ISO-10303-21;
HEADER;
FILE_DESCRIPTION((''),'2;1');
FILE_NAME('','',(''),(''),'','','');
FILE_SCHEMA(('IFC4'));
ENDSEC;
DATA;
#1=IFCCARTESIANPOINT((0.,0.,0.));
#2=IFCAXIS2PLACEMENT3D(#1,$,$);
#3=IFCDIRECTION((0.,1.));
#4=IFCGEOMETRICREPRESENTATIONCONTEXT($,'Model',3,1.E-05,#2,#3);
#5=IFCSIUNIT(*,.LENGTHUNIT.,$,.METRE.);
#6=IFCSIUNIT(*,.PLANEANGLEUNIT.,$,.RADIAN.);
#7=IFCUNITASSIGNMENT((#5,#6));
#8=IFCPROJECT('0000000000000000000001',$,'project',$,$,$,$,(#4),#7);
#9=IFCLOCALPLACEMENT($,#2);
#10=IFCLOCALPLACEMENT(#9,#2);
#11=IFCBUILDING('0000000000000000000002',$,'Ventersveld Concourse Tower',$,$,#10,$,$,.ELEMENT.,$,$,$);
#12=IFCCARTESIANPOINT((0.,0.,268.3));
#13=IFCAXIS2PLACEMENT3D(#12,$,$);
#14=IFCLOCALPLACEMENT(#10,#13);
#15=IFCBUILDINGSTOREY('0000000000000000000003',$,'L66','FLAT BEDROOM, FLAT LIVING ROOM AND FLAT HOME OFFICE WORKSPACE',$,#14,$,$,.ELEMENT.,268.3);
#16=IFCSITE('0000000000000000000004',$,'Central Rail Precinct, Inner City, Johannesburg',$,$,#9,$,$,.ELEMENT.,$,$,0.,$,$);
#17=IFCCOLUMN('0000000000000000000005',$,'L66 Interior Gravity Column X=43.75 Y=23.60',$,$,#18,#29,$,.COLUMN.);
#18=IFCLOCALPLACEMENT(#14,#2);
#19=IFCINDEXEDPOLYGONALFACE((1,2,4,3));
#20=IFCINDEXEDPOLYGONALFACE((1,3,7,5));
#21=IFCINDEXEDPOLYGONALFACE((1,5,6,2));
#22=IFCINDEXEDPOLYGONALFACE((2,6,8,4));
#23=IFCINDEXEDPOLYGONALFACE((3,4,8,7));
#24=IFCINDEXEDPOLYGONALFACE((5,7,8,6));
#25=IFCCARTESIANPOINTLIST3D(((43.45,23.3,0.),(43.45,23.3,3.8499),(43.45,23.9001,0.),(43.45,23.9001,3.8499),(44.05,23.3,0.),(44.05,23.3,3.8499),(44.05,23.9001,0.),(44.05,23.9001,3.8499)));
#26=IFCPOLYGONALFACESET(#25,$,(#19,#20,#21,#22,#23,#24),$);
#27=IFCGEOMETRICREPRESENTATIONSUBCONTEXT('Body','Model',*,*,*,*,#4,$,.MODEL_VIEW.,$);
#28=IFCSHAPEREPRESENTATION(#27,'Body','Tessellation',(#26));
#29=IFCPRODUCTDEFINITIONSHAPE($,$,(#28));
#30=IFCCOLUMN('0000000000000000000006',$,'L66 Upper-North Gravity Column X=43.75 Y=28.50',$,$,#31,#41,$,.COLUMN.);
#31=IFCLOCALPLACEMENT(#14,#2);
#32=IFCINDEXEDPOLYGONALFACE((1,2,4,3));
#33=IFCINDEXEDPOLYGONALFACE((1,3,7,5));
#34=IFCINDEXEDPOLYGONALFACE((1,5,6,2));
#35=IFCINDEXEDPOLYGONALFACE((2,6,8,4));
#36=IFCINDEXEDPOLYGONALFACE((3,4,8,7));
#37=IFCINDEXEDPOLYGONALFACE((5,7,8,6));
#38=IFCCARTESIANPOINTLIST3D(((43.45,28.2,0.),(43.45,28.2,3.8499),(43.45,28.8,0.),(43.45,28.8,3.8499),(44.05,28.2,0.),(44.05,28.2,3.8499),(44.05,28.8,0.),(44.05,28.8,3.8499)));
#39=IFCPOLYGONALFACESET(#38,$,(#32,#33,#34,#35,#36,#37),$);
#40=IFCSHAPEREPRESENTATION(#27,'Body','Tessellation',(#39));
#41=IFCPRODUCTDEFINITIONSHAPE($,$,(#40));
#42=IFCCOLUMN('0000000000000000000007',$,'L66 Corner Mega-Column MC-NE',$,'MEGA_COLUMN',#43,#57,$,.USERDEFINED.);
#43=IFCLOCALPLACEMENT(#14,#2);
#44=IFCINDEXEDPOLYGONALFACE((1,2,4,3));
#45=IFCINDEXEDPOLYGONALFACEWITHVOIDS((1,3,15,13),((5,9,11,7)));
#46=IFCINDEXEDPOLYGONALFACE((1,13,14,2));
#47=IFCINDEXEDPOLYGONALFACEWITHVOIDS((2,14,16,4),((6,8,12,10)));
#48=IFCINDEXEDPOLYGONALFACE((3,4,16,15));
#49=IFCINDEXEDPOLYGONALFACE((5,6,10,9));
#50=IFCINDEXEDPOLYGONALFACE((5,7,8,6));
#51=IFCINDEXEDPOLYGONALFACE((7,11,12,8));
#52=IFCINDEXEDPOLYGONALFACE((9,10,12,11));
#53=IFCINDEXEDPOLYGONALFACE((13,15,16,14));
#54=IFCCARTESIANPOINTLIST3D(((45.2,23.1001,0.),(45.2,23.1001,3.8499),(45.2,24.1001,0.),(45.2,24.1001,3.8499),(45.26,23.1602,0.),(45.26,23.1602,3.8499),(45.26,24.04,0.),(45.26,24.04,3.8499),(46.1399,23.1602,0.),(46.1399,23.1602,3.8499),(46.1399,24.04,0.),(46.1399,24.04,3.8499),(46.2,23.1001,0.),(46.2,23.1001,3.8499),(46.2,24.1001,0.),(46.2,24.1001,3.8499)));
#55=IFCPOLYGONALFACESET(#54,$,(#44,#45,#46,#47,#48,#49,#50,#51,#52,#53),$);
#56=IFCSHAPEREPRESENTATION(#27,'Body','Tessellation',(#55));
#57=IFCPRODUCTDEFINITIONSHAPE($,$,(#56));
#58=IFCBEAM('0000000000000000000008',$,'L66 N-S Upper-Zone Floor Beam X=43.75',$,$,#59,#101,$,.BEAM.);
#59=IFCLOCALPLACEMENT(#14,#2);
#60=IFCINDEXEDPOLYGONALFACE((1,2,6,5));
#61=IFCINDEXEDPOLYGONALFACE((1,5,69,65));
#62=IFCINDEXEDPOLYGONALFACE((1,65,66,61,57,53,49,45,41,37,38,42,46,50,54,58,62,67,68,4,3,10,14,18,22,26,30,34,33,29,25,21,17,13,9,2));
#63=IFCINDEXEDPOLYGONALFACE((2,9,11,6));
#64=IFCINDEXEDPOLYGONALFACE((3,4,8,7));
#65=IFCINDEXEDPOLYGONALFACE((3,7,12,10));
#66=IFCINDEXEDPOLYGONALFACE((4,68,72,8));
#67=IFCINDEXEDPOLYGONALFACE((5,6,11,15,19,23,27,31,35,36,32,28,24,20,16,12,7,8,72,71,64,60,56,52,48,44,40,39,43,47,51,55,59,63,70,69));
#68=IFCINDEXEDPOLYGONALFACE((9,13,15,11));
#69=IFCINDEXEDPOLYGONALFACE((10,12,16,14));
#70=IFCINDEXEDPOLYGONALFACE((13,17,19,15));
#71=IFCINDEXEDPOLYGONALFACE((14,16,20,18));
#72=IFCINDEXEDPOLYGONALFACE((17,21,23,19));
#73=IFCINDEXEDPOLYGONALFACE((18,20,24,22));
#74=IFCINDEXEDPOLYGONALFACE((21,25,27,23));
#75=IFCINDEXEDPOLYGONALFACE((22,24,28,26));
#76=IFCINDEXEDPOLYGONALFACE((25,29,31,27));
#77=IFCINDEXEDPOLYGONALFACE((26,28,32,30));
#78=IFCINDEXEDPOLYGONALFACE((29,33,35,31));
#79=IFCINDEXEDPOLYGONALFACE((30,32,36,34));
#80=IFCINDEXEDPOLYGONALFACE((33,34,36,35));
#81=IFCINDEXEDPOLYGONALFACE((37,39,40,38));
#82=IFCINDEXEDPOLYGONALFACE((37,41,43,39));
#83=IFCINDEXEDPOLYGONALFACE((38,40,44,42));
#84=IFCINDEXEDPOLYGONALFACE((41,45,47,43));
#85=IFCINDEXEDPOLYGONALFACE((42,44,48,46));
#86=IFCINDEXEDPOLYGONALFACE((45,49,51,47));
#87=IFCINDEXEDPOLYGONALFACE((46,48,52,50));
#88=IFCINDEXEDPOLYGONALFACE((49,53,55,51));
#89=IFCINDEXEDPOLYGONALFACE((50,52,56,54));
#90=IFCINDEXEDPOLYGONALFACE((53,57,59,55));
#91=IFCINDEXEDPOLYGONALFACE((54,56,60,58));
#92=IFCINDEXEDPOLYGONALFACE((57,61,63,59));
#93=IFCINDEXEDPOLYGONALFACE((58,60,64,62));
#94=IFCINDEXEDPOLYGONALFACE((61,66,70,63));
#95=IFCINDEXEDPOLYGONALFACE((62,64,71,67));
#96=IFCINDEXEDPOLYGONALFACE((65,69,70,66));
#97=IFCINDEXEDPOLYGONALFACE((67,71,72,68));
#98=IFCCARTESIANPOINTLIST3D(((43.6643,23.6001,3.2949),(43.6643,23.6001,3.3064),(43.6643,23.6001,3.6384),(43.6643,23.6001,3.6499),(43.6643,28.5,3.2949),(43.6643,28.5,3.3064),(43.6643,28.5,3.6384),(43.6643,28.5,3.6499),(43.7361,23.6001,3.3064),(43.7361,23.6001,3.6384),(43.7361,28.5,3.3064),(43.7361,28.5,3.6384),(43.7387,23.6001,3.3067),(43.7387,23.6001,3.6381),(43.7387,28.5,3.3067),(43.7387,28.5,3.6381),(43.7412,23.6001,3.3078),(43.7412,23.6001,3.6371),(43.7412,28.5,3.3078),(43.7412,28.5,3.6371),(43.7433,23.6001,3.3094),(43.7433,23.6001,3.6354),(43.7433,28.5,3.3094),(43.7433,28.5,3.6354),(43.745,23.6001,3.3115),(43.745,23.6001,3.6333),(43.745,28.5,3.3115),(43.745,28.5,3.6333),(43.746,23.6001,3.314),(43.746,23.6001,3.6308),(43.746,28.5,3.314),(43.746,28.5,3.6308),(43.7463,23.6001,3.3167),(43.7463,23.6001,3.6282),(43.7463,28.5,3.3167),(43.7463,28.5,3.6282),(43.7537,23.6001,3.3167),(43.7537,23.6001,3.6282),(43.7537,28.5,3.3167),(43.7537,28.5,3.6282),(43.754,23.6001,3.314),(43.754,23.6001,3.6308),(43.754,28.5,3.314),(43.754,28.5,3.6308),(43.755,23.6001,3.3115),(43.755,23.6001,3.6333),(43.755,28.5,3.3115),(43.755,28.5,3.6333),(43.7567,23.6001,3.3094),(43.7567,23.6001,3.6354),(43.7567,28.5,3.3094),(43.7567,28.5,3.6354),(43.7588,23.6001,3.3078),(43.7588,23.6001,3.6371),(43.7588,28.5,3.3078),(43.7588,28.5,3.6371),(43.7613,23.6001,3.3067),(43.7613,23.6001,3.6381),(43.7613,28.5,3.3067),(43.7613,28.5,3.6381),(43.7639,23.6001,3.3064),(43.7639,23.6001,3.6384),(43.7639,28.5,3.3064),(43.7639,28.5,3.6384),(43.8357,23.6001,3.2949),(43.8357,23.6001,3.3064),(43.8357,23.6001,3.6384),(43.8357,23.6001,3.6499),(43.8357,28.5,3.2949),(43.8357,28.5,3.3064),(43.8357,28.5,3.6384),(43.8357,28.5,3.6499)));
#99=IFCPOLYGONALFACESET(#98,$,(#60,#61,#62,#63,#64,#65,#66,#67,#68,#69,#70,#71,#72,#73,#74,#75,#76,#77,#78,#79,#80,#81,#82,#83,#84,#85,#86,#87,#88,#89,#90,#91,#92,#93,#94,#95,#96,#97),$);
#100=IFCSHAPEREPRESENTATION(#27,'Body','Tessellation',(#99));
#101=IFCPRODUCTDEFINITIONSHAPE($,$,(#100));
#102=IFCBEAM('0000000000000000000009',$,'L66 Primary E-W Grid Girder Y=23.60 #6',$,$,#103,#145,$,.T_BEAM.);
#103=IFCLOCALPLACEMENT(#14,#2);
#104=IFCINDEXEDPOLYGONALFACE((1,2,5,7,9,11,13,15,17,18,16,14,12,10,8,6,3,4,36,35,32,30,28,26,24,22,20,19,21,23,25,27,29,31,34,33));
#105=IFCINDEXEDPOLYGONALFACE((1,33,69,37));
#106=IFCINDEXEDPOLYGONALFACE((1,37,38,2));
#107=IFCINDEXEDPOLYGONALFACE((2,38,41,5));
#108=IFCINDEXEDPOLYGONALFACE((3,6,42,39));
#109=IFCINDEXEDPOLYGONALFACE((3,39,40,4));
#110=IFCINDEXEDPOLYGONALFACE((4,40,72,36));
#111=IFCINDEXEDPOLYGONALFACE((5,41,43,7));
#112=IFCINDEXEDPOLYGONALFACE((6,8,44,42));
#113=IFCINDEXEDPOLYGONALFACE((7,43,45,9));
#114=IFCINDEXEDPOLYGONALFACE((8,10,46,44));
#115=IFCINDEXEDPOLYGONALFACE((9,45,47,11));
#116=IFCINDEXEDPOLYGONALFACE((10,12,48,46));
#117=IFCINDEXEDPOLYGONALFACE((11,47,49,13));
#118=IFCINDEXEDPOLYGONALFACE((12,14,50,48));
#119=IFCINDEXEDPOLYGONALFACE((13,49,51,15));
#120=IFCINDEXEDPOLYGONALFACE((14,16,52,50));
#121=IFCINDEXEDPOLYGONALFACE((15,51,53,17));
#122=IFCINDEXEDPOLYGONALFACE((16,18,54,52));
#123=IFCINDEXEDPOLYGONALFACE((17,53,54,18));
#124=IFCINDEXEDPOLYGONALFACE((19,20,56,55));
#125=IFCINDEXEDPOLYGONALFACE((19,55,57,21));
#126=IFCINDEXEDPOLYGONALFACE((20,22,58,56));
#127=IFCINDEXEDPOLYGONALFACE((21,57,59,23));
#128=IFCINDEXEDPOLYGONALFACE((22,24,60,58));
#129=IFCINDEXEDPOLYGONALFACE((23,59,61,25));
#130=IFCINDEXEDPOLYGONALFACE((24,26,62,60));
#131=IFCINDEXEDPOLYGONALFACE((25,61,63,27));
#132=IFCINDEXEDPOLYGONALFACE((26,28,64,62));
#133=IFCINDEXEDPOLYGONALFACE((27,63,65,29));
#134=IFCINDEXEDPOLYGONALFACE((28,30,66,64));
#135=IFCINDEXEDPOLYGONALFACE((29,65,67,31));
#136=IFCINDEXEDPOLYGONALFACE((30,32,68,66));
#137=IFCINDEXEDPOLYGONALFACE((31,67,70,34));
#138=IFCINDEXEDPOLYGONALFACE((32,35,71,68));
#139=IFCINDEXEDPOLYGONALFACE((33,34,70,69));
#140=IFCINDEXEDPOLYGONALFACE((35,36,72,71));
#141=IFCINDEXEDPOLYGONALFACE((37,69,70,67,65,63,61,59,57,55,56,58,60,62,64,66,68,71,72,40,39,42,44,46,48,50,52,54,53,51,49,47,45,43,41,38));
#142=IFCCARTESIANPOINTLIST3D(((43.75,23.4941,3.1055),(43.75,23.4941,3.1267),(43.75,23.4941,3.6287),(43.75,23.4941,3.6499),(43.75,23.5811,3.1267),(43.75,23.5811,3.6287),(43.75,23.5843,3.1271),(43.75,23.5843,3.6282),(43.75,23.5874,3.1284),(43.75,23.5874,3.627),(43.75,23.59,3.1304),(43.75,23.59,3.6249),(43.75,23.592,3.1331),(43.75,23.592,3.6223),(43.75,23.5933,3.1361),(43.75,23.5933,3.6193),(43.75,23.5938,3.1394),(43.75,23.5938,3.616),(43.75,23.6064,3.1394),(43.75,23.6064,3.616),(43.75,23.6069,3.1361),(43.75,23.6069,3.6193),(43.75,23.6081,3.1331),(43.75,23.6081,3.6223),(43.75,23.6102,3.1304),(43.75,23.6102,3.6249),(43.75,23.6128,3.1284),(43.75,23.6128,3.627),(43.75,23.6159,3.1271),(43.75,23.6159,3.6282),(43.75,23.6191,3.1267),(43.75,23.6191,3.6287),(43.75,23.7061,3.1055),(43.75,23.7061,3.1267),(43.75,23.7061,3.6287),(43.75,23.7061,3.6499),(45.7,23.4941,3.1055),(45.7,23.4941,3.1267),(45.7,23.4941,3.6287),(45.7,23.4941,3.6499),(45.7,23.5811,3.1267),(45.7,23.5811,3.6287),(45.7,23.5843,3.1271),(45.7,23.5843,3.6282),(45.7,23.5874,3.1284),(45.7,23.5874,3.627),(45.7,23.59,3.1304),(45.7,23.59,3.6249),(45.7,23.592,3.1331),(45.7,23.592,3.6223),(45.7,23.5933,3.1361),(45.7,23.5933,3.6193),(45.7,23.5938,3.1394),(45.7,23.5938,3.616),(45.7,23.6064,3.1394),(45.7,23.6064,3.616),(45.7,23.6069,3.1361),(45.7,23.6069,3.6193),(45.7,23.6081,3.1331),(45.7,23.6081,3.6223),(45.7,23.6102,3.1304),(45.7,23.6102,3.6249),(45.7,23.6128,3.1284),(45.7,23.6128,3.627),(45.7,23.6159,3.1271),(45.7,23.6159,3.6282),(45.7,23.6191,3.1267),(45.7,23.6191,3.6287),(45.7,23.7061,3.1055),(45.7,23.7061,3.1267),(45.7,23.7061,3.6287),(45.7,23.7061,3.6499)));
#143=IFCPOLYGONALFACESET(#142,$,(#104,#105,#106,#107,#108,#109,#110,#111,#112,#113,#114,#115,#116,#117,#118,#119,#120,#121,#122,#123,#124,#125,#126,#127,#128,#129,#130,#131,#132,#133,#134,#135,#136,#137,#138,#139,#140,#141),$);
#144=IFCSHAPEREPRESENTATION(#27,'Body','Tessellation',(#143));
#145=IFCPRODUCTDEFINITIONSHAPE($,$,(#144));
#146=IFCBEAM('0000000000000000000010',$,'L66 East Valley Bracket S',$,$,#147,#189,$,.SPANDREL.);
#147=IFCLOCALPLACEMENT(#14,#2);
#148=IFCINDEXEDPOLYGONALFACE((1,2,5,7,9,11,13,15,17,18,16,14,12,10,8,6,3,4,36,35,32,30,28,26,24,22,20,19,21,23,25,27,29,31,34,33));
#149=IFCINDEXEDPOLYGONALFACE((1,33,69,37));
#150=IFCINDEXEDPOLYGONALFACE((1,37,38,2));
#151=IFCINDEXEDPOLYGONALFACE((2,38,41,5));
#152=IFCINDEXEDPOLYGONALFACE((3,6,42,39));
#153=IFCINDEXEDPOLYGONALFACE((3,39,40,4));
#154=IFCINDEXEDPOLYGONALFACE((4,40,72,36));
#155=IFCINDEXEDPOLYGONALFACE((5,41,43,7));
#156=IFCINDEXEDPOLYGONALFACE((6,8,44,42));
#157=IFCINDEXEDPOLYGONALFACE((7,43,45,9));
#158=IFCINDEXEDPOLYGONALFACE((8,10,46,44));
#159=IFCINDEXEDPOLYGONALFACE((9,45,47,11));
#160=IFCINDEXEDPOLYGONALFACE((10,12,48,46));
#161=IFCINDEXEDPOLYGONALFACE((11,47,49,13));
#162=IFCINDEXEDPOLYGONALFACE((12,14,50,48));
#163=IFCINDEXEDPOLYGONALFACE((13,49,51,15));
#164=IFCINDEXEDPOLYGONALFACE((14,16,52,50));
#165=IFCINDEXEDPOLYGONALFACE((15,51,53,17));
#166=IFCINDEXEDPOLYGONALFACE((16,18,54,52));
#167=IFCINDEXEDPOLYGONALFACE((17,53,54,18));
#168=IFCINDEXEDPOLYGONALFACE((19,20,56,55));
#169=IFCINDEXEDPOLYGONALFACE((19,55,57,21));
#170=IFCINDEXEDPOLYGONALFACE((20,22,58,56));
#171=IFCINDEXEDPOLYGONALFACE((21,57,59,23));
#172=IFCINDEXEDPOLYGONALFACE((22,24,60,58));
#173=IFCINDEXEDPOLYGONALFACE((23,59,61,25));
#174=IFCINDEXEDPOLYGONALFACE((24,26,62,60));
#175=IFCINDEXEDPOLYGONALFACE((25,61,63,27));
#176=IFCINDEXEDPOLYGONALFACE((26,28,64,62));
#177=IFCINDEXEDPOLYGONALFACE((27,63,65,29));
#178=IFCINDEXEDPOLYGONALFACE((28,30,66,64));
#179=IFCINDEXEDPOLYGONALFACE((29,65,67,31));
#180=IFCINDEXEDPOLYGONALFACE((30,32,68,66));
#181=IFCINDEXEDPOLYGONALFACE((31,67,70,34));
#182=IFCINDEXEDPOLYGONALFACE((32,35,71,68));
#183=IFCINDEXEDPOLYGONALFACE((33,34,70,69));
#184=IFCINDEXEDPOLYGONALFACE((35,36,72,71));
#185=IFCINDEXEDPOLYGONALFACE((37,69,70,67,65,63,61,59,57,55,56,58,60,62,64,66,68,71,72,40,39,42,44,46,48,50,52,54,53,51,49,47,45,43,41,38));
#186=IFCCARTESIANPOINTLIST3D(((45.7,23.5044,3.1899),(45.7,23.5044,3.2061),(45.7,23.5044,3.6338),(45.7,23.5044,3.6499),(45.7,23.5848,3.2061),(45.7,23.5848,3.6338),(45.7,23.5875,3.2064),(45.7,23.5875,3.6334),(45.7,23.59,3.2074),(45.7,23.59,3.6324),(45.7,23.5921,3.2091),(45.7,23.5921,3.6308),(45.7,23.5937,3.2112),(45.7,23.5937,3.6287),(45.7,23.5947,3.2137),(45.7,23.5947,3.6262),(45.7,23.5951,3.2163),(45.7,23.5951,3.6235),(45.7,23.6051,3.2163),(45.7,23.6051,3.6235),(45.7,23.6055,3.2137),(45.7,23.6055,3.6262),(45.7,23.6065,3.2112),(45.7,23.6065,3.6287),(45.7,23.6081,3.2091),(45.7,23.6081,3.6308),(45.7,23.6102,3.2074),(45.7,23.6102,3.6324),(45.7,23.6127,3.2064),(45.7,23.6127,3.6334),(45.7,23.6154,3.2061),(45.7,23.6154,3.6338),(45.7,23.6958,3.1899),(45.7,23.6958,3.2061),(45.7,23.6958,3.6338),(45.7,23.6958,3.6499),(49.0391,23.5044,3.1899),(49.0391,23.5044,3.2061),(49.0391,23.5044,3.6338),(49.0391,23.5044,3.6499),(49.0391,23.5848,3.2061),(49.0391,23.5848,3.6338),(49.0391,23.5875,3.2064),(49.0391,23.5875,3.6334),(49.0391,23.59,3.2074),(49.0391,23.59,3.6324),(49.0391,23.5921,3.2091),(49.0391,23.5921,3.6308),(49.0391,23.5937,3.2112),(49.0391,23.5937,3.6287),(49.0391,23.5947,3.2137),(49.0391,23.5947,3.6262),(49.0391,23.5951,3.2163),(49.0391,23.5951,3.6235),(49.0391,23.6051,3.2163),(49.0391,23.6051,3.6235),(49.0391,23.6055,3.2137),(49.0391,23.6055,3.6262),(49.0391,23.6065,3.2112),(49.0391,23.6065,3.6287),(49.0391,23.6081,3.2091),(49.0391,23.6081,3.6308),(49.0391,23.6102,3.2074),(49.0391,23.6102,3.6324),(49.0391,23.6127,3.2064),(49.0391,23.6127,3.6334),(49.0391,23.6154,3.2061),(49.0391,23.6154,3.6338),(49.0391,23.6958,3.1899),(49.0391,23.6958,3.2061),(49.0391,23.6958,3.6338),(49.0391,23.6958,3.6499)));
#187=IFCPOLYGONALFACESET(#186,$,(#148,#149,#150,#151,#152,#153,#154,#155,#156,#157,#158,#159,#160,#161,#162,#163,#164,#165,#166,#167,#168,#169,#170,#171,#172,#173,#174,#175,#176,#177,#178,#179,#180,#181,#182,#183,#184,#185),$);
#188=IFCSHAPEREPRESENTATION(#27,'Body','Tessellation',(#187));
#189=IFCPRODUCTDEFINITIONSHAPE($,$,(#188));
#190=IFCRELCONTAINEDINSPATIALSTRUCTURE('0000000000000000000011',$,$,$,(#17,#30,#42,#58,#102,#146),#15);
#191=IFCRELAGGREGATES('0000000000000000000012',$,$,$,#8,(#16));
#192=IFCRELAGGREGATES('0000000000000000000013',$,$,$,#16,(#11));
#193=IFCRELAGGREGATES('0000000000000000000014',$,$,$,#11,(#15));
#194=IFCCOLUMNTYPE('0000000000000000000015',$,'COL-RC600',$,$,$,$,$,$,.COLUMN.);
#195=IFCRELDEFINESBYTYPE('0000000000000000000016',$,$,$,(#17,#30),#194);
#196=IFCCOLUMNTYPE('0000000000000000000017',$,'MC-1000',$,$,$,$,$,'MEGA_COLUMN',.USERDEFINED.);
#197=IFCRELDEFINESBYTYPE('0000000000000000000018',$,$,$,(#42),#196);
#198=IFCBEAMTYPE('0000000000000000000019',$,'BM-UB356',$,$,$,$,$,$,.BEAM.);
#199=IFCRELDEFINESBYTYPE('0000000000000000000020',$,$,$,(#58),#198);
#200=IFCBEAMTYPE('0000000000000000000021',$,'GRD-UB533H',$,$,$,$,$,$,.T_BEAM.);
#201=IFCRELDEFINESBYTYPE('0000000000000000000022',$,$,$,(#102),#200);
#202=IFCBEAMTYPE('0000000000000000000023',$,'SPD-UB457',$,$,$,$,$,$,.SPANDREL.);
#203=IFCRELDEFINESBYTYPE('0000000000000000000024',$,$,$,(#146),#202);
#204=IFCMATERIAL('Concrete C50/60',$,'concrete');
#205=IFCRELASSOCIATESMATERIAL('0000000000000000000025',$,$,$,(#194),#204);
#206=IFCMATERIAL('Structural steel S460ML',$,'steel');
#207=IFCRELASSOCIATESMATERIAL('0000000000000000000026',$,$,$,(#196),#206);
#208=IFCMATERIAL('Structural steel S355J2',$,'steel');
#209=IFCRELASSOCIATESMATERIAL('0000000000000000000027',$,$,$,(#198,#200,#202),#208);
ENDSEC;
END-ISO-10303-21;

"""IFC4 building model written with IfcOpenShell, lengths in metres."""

from ifc_helpers import new_model, si_unit, direction, frame, origin, origin_2d, place, context, subcontext, project, spatial, rectangle, hollow_rectangle, i_section, extrude, material, material_profile, profile_set, type_object, element, save


model = new_model("IFC4")

# Units and contexts
model_context = context("Model", 3, precision=1e-05, world=origin(), true_north=direction((0.0, 1.0)))
body_context = subcontext(model_context, "Body", "Model", "MODEL_VIEW")
ifc_project = project(units=[si_unit("LENGTHUNIT", "METRE"), si_unit("PLANEANGLEUNIT", "RADIAN")], contexts=[model_context])

# Site, building, storey
site_placement = place(None, origin())
site = spatial("IfcSite", under=ifc_project, at=site_placement, Name="Central Rail Precinct, Inner City, Johannesburg", CompositionType="ELEMENT", RefElevation=0.0)
building_placement = place(site_placement, origin())
building = spatial("IfcBuilding", under=site, at=building_placement, Name="Ventersveld Concourse Tower", CompositionType="ELEMENT")
storey_placement = place(building_placement, frame((0.0, 0.0, 268.3)))
storey = spatial("IfcBuildingStorey", under=building, at=storey_placement, Name="L66", Description="FLAT BEDROOM, FLAT LIVING ROOM AND FLAT HOME OFFICE WORKSPACE", CompositionType="ELEMENT", Elevation=268.3)

# Columns
ifc_material_1 = material(Name="Concrete C50/60", Category="concrete")
ifc_material_profile_1 = material_profile(ifc_material_1, rectangle(XDim=0.6001, YDim=0.6001, at=origin_2d()), Name="RC 600x600")
ifc_profile_set_1 = profile_set([ifc_material_profile_1], Name="Concrete C50/60")
column_type_1 = type_object("IfcColumnType", Name="COL-RC600", PredefinedType="COLUMN", material=ifc_profile_set_1)
for number, where, z_axis, x_axis, name in (
    (1, (43.75, 23.6001, 0.0), (0.0, 0.0, 1.0), (1.0, 0.0, 0.0), "L66 Interior Gravity Column X=43.75 Y=23.60"),
    (2, (43.75, 28.5, 0.0), (0.0, 0.0, 1.0), (1.0, 0.0, 0.0), "L66 Upper-North Gravity Column X=43.75 Y=28.50"),
):
    element("IfcColumn", number, at=place(storey_placement, frame(where, z_axis=z_axis, x_axis=x_axis)), inside=storey, type_object=column_type_1, Name=name, PredefinedType="COLUMN", context=body_context, shape_type="SweptSolid", body=[
        extrude(rectangle(XDim=0.6001, YDim=0.6001, at=origin_2d()), origin(), (0.0, 0.0, 1.0), 3.8499),
    ])
ifc_material_2 = material(Name="Structural steel S460ML", Category="steel")
ifc_material_profile_2 = material_profile(ifc_material_2, hollow_rectangle(XDim=1.0, YDim=1.0, WallThickness=0.0601, at=origin_2d()), Name="BOX 1000x1000x60")
ifc_profile_set_2 = profile_set([ifc_material_profile_2], Name="Structural steel S460ML")
column_type_2 = type_object("IfcColumnType", Name="MC-1000", ElementType="MEGA_COLUMN", PredefinedType="USERDEFINED", material=ifc_profile_set_2)
column_placement = place(storey_placement, frame((45.7, 23.6001, 0.0), z_axis=(0.0, 0.0, 1.0), x_axis=(1.0, 0.0, 0.0)))
element("IfcColumn", 3, at=column_placement, inside=storey, type_object=column_type_2, Name="L66 Corner Mega-Column MC-NE", ObjectType="MEGA_COLUMN", PredefinedType="USERDEFINED", context=body_context, shape_type="SweptSolid", body=[
    extrude(hollow_rectangle(XDim=1.0, YDim=1.0, WallThickness=0.0601, at=origin_2d()), origin(), (0.0, 0.0, 1.0), 3.8499),
])

# Beams
ifc_material_3 = material(Name="Structural steel S355J2", Category="steel")
ifc_material_profile_3 = material_profile(ifc_material_3, i_section(OverallWidth=0.1714, OverallDepth=0.355, WebThickness=0.0073, FlangeThickness=0.0115, FilletRadius=0.0103, at=origin_2d()), Name="UB 356x171x51")
ifc_profile_set_3 = profile_set([ifc_material_profile_3], Name="Structural steel S355J2")
beam_type_1 = type_object("IfcBeamType", Name="BM-UB356", PredefinedType="BEAM", material=ifc_profile_set_3)
beam_1_placement = place(storey_placement, frame((43.75, 23.6001, 3.4724), z_axis=(0.0, 1.0, 0.0), x_axis=(-1.0, 0.0, 0.0)))
element("IfcBeam", 4, at=beam_1_placement, inside=storey, type_object=beam_type_1, Name="L66 N-S Upper-Zone Floor Beam X=43.75", PredefinedType="BEAM", context=body_context, shape_type="SweptSolid", body=[
    extrude(i_section(OverallWidth=0.1714, OverallDepth=0.355, WebThickness=0.0073, FlangeThickness=0.0115, FilletRadius=0.0103, at=origin_2d()), origin(), (0.0, 0.0, 1.0), 4.8999),
])
ifc_material_profile_4 = material_profile(ifc_material_3, i_section(OverallWidth=0.2119, OverallDepth=0.5444, WebThickness=0.0127, FlangeThickness=0.0212, FilletRadius=0.0127, at=origin_2d()), Name="UB 533x210x122")
ifc_profile_set_4 = profile_set([ifc_material_profile_4], Name="Structural steel S355J2")
beam_type_2 = type_object("IfcBeamType", Name="GRD-UB533H", PredefinedType="T_BEAM", material=ifc_profile_set_4)
beam_2_placement = place(storey_placement, frame((43.75, 23.6001, 3.3777), z_axis=(1.0, 0.0, 0.0), x_axis=(0.0, 1.0, 0.0)))
element("IfcBeam", 5, at=beam_2_placement, inside=storey, type_object=beam_type_2, Name="L66 Primary E-W Grid Girder Y=23.60 #6", PredefinedType="T_BEAM", context=body_context, shape_type="SweptSolid", body=[
    extrude(i_section(OverallWidth=0.2119, OverallDepth=0.5444, WebThickness=0.0127, FlangeThickness=0.0212, FilletRadius=0.0127, at=origin_2d()), origin(), (0.0, 0.0, 1.0), 1.95),
])
ifc_material_profile_5 = material_profile(ifc_material_3, i_section(OverallWidth=0.1914, OverallDepth=0.46, WebThickness=0.01, FlangeThickness=0.0161, FilletRadius=0.0103, at=origin_2d()), Name="UB 457x191x82")
ifc_profile_set_5 = profile_set([ifc_material_profile_5], Name="Structural steel S355J2")
beam_type_3 = type_object("IfcBeamType", Name="SPD-UB457", PredefinedType="SPANDREL", material=ifc_profile_set_5)
beam_3_placement = place(storey_placement, frame((45.7, 23.6001, 3.4199), z_axis=(1.0, 0.0, 0.0), x_axis=(0.0, 1.0, 0.0)))
element("IfcBeam", 6, at=beam_3_placement, inside=storey, type_object=beam_type_3, Name="L66 East Valley Bracket S", PredefinedType="SPANDREL", context=body_context, shape_type="SweptSolid", body=[
    extrude(i_section(OverallWidth=0.1914, OverallDepth=0.46, WebThickness=0.01, FlangeThickness=0.0161, FilletRadius=0.0103, at=origin_2d()), origin(), (0.0, 0.0, 1.0), 3.3391),
])

save(model, "model.ifc")
